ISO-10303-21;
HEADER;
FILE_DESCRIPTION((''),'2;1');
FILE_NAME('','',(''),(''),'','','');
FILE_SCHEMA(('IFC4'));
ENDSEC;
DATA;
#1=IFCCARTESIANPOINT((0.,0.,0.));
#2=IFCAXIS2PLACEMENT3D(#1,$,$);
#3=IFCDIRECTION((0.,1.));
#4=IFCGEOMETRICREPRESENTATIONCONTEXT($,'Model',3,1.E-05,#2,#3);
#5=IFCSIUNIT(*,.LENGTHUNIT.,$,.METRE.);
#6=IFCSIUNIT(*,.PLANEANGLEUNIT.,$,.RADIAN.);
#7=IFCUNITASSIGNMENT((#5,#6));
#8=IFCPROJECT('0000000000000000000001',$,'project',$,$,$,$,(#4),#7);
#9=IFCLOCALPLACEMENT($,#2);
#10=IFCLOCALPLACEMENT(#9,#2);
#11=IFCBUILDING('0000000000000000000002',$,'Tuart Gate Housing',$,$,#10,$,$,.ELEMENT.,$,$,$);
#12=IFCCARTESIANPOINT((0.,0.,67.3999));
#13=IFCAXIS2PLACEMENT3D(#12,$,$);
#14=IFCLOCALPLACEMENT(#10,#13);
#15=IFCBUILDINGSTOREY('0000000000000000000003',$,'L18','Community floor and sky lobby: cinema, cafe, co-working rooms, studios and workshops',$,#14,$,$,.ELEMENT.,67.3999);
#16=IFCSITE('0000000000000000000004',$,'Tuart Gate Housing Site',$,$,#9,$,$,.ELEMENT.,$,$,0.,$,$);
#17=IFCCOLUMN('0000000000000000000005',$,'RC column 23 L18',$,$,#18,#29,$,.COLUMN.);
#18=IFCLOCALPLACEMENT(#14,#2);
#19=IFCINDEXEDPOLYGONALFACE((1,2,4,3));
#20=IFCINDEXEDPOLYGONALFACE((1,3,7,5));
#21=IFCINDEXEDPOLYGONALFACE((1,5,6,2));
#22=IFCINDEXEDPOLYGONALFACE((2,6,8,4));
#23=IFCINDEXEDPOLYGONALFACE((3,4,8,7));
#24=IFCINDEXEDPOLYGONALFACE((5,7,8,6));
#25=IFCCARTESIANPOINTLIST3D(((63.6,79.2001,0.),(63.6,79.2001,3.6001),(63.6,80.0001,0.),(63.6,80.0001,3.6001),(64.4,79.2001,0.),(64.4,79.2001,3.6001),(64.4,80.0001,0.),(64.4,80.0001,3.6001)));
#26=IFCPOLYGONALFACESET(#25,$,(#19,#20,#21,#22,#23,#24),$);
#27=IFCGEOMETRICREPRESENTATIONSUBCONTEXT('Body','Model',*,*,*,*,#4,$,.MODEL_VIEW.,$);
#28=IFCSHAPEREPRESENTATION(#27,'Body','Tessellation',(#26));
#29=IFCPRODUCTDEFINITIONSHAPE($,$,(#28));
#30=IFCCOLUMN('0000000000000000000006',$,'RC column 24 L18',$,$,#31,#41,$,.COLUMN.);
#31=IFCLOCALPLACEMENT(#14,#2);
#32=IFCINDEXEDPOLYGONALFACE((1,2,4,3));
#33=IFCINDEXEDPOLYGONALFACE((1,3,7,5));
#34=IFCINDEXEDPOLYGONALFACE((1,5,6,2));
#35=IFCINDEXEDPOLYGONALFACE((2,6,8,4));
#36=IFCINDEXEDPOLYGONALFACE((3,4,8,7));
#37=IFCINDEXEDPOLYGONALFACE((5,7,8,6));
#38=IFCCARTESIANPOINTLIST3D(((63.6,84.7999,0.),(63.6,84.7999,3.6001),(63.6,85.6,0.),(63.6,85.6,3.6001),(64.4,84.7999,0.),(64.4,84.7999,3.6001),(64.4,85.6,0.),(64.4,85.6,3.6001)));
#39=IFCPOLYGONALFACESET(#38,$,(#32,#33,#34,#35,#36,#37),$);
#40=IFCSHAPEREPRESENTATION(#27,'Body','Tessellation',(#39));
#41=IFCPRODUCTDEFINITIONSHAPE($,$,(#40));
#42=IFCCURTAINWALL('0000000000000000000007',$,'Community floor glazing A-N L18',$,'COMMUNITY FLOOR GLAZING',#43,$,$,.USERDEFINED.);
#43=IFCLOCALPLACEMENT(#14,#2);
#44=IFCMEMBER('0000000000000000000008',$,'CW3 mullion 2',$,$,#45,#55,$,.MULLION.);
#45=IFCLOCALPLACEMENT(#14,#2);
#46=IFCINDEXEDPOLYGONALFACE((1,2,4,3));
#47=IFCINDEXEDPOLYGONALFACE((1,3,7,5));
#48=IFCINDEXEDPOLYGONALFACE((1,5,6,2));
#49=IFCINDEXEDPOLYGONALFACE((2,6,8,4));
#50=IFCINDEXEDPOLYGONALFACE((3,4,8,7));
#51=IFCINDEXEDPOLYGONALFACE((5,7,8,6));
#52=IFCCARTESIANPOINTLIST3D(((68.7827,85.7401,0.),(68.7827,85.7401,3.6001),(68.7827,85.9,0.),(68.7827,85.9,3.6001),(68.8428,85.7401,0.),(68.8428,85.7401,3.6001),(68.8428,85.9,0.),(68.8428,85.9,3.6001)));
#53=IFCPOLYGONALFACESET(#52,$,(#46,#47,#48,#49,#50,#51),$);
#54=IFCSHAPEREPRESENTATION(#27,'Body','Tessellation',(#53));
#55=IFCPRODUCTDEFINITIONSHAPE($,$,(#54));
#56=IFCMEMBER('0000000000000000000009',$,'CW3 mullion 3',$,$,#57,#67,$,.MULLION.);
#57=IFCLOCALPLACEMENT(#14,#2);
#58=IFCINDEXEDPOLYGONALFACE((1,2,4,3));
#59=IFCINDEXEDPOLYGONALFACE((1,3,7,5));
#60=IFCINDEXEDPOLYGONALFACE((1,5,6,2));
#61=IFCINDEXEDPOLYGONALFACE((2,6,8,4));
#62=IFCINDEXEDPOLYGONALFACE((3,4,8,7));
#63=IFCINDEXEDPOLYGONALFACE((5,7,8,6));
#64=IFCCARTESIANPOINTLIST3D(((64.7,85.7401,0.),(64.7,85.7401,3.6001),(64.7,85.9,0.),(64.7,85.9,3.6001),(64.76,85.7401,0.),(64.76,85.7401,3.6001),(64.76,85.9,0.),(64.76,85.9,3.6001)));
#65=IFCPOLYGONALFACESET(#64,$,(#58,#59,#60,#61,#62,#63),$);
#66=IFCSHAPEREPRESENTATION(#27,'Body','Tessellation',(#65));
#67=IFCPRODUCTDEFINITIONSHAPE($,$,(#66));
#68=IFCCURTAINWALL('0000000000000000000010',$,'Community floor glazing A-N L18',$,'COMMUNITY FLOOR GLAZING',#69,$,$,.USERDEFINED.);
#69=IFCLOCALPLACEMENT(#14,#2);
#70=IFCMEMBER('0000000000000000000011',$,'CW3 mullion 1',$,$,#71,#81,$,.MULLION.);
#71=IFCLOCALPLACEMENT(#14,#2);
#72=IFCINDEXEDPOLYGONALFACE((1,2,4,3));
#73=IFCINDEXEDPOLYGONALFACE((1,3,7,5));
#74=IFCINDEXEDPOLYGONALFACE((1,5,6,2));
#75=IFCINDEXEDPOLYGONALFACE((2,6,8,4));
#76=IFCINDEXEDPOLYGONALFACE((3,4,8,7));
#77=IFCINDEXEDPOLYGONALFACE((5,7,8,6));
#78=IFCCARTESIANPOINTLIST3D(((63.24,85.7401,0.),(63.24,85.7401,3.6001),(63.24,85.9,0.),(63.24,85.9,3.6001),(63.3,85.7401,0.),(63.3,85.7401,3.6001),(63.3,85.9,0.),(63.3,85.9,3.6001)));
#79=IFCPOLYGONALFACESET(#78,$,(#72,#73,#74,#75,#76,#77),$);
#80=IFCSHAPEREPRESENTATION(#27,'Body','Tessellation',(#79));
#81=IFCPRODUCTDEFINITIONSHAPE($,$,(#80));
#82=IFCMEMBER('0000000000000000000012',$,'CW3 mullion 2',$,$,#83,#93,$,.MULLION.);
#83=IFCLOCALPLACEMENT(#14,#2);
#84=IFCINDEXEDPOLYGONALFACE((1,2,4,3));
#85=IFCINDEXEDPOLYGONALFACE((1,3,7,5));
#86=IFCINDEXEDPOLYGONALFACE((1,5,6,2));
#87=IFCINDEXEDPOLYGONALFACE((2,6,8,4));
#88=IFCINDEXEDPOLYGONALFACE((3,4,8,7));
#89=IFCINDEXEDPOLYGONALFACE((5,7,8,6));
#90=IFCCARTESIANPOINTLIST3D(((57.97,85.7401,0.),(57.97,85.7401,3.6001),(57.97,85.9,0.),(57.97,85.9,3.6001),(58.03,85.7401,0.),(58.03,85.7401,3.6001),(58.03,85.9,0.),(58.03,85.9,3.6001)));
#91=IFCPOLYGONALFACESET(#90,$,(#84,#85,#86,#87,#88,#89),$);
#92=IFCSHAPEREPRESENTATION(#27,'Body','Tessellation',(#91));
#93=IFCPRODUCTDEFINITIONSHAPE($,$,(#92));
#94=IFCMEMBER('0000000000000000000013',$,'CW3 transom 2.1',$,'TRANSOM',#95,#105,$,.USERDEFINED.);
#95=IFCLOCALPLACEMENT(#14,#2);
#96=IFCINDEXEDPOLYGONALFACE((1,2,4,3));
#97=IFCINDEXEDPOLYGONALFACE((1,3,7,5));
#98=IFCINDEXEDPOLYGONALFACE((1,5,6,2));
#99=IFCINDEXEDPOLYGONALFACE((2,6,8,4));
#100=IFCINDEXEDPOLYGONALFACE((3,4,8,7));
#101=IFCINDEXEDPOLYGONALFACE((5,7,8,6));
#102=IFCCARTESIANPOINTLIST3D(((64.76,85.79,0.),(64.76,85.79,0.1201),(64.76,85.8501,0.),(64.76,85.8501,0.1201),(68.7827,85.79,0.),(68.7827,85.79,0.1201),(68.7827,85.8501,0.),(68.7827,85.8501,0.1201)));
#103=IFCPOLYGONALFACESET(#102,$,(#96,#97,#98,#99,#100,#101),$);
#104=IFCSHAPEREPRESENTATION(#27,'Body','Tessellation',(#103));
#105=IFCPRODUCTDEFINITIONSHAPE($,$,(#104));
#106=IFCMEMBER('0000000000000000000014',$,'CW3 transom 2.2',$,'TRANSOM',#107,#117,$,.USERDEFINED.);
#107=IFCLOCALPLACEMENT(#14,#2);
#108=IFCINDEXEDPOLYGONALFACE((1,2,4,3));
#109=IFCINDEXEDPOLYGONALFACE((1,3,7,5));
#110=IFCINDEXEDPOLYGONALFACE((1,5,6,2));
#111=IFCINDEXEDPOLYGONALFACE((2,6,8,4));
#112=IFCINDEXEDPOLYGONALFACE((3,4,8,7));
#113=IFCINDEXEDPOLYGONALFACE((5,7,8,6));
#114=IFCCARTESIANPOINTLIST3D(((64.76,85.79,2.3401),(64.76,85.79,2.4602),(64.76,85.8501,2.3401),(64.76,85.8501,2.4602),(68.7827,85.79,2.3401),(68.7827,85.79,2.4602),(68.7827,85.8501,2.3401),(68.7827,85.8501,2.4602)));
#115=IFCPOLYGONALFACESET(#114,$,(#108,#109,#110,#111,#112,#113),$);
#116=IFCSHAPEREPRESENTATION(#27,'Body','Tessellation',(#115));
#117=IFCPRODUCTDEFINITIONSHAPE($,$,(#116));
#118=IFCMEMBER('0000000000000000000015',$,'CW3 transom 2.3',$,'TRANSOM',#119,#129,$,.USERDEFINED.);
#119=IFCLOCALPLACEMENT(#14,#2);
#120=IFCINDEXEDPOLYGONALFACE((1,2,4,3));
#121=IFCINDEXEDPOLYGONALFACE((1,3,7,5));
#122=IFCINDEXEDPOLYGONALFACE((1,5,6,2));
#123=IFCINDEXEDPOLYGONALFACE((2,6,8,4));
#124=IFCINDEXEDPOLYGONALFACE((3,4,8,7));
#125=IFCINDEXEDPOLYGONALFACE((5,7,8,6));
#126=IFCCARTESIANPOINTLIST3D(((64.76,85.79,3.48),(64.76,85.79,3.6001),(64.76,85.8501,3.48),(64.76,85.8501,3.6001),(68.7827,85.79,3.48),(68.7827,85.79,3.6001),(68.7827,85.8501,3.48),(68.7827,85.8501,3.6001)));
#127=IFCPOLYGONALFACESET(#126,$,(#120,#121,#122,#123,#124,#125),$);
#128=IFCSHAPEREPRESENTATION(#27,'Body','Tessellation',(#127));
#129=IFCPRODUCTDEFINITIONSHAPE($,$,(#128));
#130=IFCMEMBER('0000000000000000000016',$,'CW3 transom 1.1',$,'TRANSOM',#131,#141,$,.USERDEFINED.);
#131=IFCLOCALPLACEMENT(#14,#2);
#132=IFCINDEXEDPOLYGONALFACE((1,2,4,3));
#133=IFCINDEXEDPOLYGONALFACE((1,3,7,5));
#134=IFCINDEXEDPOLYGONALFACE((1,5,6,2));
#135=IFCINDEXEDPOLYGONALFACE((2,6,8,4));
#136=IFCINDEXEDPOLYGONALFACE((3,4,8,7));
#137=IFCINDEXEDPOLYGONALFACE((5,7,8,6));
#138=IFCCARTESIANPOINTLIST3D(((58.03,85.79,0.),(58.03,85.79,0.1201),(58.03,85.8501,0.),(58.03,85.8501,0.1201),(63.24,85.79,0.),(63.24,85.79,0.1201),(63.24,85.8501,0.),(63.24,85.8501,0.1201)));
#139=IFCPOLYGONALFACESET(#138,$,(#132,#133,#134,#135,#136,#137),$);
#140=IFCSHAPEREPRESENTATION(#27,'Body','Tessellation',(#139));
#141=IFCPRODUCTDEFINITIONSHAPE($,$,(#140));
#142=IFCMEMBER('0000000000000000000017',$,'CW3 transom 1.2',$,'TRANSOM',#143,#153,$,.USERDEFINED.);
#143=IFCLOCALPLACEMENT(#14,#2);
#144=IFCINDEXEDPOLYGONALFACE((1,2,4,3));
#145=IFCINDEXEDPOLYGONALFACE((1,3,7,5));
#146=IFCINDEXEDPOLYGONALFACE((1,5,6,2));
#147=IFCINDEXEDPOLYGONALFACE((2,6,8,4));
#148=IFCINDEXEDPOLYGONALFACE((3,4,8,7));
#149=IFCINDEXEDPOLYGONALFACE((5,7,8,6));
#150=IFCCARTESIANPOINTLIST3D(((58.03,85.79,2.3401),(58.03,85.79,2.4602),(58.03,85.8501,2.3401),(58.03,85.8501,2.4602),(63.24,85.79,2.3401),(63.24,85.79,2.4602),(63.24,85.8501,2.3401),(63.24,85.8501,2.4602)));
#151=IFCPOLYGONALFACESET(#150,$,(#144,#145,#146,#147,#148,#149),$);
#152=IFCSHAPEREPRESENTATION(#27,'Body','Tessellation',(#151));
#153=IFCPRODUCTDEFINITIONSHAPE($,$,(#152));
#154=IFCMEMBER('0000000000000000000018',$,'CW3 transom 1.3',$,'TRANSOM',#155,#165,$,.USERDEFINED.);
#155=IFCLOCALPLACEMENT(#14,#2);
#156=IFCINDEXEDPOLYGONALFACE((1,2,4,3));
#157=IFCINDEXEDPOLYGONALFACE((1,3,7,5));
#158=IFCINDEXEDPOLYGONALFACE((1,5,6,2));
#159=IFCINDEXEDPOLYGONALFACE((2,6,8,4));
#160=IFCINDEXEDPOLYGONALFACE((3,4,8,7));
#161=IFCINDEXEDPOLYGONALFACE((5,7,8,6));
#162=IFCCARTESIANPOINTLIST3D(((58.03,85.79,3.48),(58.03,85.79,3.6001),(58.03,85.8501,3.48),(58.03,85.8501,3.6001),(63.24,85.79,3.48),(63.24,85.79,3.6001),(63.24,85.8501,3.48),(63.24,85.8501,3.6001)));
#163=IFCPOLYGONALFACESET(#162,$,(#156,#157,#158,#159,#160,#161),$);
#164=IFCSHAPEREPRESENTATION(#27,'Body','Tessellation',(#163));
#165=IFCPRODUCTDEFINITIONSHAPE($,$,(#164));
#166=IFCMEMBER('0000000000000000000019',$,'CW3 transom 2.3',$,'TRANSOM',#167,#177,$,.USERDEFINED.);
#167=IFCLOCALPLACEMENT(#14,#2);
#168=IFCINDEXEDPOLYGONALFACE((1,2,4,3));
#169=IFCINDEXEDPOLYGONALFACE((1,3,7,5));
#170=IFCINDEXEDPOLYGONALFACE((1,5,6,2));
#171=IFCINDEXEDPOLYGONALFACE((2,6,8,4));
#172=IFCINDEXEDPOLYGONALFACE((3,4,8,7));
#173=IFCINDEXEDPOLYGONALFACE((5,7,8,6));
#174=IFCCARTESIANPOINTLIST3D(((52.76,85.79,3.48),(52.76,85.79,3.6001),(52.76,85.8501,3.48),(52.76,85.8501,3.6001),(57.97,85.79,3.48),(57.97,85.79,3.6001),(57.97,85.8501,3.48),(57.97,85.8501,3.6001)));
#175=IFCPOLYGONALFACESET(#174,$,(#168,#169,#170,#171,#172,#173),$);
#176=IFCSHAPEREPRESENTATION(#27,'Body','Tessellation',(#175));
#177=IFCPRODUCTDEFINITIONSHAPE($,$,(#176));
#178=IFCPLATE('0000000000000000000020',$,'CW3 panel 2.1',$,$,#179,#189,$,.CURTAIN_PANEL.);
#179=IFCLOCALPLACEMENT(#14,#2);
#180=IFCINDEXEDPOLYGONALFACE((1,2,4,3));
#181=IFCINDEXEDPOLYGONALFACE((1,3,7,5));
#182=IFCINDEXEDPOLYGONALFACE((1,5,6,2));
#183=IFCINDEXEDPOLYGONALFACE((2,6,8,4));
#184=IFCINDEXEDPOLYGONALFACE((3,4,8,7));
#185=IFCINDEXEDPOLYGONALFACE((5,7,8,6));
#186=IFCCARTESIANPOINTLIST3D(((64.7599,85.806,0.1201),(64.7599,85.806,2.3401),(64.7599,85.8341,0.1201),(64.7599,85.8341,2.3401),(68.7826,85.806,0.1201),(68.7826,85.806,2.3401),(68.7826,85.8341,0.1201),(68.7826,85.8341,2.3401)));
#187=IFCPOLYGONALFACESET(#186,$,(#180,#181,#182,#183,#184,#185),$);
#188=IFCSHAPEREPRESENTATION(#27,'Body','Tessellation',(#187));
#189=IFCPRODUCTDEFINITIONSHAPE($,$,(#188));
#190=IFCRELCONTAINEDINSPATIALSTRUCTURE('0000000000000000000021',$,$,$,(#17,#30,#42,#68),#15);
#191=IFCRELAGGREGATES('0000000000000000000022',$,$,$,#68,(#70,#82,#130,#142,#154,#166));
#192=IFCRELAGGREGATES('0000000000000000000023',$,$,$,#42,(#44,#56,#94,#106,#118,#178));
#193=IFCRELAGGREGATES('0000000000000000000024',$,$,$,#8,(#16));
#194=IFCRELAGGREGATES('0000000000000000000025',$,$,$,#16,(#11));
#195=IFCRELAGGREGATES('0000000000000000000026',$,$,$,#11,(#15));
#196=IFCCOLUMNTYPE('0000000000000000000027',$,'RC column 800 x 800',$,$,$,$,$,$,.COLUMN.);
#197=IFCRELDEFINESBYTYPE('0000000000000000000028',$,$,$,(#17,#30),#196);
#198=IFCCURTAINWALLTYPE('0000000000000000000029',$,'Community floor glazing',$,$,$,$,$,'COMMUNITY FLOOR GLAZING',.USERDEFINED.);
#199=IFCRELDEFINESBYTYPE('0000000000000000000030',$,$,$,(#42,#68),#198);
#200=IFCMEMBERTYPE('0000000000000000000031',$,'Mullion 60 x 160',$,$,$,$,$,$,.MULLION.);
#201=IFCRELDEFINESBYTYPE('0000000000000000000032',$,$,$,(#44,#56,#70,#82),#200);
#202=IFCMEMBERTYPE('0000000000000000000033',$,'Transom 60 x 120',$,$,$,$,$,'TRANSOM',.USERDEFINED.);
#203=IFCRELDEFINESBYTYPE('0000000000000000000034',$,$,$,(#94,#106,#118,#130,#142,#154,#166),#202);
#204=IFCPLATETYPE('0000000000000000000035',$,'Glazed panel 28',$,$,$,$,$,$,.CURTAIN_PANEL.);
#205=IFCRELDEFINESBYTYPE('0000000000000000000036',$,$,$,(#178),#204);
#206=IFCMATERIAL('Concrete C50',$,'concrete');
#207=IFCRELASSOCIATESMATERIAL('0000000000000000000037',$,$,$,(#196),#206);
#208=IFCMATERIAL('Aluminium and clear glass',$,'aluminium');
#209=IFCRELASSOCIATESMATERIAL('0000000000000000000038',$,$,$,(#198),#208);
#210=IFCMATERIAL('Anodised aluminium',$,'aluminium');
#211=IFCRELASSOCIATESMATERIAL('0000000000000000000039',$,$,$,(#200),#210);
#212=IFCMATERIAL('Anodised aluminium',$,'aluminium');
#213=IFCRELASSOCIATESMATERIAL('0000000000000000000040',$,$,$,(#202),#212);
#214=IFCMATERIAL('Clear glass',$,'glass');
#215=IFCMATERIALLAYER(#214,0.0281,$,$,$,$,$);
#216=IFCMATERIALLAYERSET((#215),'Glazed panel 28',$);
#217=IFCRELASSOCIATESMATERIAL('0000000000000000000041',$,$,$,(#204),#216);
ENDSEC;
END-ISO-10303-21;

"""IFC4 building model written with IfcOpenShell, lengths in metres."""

from ifc_helpers import new_model, si_unit, direction, frame, origin, origin_2d, place, context, subcontext, project, spatial, rectangle, extrude, material, layer, layer_set, material_profile, profile_set, type_object, element, aggregate, save


model = new_model("IFC4")

# Units and contexts
model_context = context("Model", 3, precision=1e-05, world=origin(), true_north=direction((0.0, 1.0)))
body_context = subcontext(model_context, "Body", "Model", "MODEL_VIEW")
ifc_project = project(units=[si_unit("LENGTHUNIT", "METRE"), si_unit("PLANEANGLEUNIT", "RADIAN")], contexts=[model_context])

# Site, building, storey
site_placement = place(None, origin())
site = spatial("IfcSite", under=ifc_project, at=site_placement, Name="Tuart Gate Housing Site", CompositionType="ELEMENT", RefElevation=0.0)
building_placement = place(site_placement, origin())
building = spatial("IfcBuilding", under=site, at=building_placement, Name="Tuart Gate Housing", CompositionType="ELEMENT")
storey_placement = place(building_placement, frame((0.0, 0.0, 67.3999)))
storey = spatial("IfcBuildingStorey", under=building, at=storey_placement, Name="L18", Description="Community floor and sky lobby: cinema, cafe, co-working rooms, studios and workshops", CompositionType="ELEMENT", Elevation=67.3999)

# Columns
ifc_material_1 = material(Name="Concrete C50", Category="concrete")
ifc_material_profile_1 = material_profile(ifc_material_1, rectangle(XDim=0.8, YDim=0.8, at=origin_2d()), Name="RC column 800 x 800")
ifc_profile_set_1 = profile_set([ifc_material_profile_1], Name="Concrete C50")
column_type = type_object("IfcColumnType", Name="RC column 800 x 800", PredefinedType="COLUMN", material=ifc_profile_set_1)
for number, where, z_axis, x_axis, name in (
    (1, (64.0, 79.6001, 0.0), (0.0, 0.0, 1.0), (1.0, 0.0, 0.0), "RC column 23 L18"),
    (2, (64.0, 85.2, 0.0), (0.0, 0.0, 1.0), (1.0, 0.0, 0.0), "RC column 24 L18"),
):
    element("IfcColumn", number, at=place(storey_placement, frame(where, z_axis=z_axis, x_axis=x_axis)), inside=storey, type_object=column_type, Name=name, PredefinedType="COLUMN", context=body_context, shape_type="SweptSolid", body=[
        extrude(rectangle(XDim=0.8, YDim=0.8, at=origin_2d()), origin(), (0.0, 0.0, 1.0), 3.6001),
    ])

# Curtain walls, members
ifc_material_2 = material(Name="Aluminium and clear glass", Category="aluminium")
curtain_wall_type = type_object("IfcCurtainWallType", Name="Community floor glazing", ElementType="COMMUNITY FLOOR GLAZING", PredefinedType="USERDEFINED", material=ifc_material_2)
curtain_wall_1_placement = place(storey_placement, origin())
curtain_wall_1 = element("IfcCurtainWall", 3, at=curtain_wall_1_placement, inside=storey, type_object=curtain_wall_type, Name="Community floor glazing A-N L18", ObjectType="COMMUNITY FLOOR GLAZING", PredefinedType="USERDEFINED")
ifc_material_3 = material(Name="Anodised aluminium", Category="aluminium")
ifc_material_profile_2 = material_profile(ifc_material_3, rectangle(XDim=0.0601, YDim=0.1599, at=origin_2d()), Name="60x160")
ifc_profile_set_2 = profile_set([ifc_material_profile_2], Name="Anodised aluminium")
member_type_1 = type_object("IfcMemberType", Name="Mullion 60 x 160", PredefinedType="MULLION", material=ifc_profile_set_2)
member_1_placement = place(storey_placement, frame((68.8127, 85.8201, 0.0), z_axis=(0.0, 0.0, 1.0), x_axis=(-1.0, 0.0, 0.0)))
member_1 = element("IfcMember", 4, at=member_1_placement, type_object=member_type_1, Name="CW3 mullion 2", PredefinedType="MULLION", context=body_context, shape_type="SweptSolid", body=[
    extrude(rectangle(XDim=0.0601, YDim=0.1599, at=origin_2d()), origin(), (0.0, 0.0, 1.0), 3.6001),
])
member_2_placement = place(storey_placement, frame((64.73, 85.8201, 0.0), z_axis=(0.0, 0.0, 1.0), x_axis=(-1.0, 0.0, 0.0)))
member_2 = element("IfcMember", 5, at=member_2_placement, type_object=member_type_1, Name="CW3 mullion 3", PredefinedType="MULLION", context=body_context, shape_type="SweptSolid", body=[
    extrude(rectangle(XDim=0.0601, YDim=0.1599, at=origin_2d()), origin(), (0.0, 0.0, 1.0), 3.6001),
])
curtain_wall_2_placement = place(storey_placement, origin())
curtain_wall_2 = element("IfcCurtainWall", 6, at=curtain_wall_2_placement, inside=storey, type_object=curtain_wall_type, Name="Community floor glazing A-N L18", ObjectType="COMMUNITY FLOOR GLAZING", PredefinedType="USERDEFINED")
member_3_placement = place(storey_placement, frame((63.27, 85.8201, 0.0), z_axis=(0.0, 0.0, 1.0), x_axis=(-1.0, 0.0, 0.0)))
member_3 = element("IfcMember", 7, at=member_3_placement, type_object=member_type_1, Name="CW3 mullion 1", PredefinedType="MULLION", context=body_context, shape_type="SweptSolid", body=[
    extrude(rectangle(XDim=0.0601, YDim=0.1599, at=origin_2d()), origin(), (0.0, 0.0, 1.0), 3.6001),
])
member_4_placement = place(storey_placement, frame((58.0, 85.8201, 0.0), z_axis=(0.0, 0.0, 1.0), x_axis=(-1.0, 0.0, 0.0)))
member_4 = element("IfcMember", 8, at=member_4_placement, type_object=member_type_1, Name="CW3 mullion 2", PredefinedType="MULLION", context=body_context, shape_type="SweptSolid", body=[
    extrude(rectangle(XDim=0.0601, YDim=0.1599, at=origin_2d()), origin(), (0.0, 0.0, 1.0), 3.6001),
])

# Members
ifc_material_4 = material(Name="Anodised aluminium", Category="aluminium")
ifc_material_profile_3 = material_profile(ifc_material_4, rectangle(XDim=0.0601, YDim=0.1201, at=origin_2d()), Name="60x120")
ifc_profile_set_3 = profile_set([ifc_material_profile_3], Name="Anodised aluminium")
member_type_2 = type_object("IfcMemberType", Name="Transom 60 x 120", ElementType="TRANSOM", PredefinedType="USERDEFINED", material=ifc_profile_set_3)
member_5_placement = place(storey_placement, frame((68.7827, 85.8201, 0.0601), z_axis=(-1.0, 0.0, 0.0), x_axis=(0.0, -1.0, 0.0)))
member_5 = element("IfcMember", 9, at=member_5_placement, type_object=member_type_2, Name="CW3 transom 2.1", ObjectType="TRANSOM", PredefinedType="USERDEFINED", context=body_context, shape_type="SweptSolid", body=[
    extrude(rectangle(XDim=0.0601, YDim=0.1201, at=origin_2d()), origin(), (0.0, 0.0, 1.0), 4.0227),
])
member_6_placement = place(storey_placement, frame((68.7827, 85.8201, 2.4001), z_axis=(-1.0, 0.0, 0.0), x_axis=(0.0, -1.0, 0.0)))
member_6 = element("IfcMember", 10, at=member_6_placement, type_object=member_type_2, Name="CW3 transom 2.2", ObjectType="TRANSOM", PredefinedType="USERDEFINED", context=body_context, shape_type="SweptSolid", body=[
    extrude(rectangle(XDim=0.0601, YDim=0.1201, at=origin_2d()), origin(), (0.0, 0.0, 1.0), 4.0227),
])
member_7_placement = place(storey_placement, frame((68.7827, 85.8201, 3.54), z_axis=(-1.0, 0.0, 0.0), x_axis=(0.0, -1.0, 0.0)))
member_7 = element("IfcMember", 11, at=member_7_placement, type_object=member_type_2, Name="CW3 transom 2.3", ObjectType="TRANSOM", PredefinedType="USERDEFINED", context=body_context, shape_type="SweptSolid", body=[
    extrude(rectangle(XDim=0.0601, YDim=0.1201, at=origin_2d()), origin(), (0.0, 0.0, 1.0), 4.0227),
])
member_8_placement = place(storey_placement, frame((63.24, 85.8201, 0.0601), z_axis=(-1.0, 0.0, 0.0), x_axis=(0.0, -1.0, 0.0)))
member_8 = element("IfcMember", 12, at=member_8_placement, type_object=member_type_2, Name="CW3 transom 1.1", ObjectType="TRANSOM", PredefinedType="USERDEFINED", context=body_context, shape_type="SweptSolid", body=[
    extrude(rectangle(XDim=0.0601, YDim=0.1201, at=origin_2d()), origin(), (0.0, 0.0, 1.0), 5.21),
])
member_9_placement = place(storey_placement, frame((63.24, 85.8201, 2.4001), z_axis=(-1.0, 0.0, 0.0), x_axis=(0.0, -1.0, 0.0)))
member_9 = element("IfcMember", 13, at=member_9_placement, type_object=member_type_2, Name="CW3 transom 1.2", ObjectType="TRANSOM", PredefinedType="USERDEFINED", context=body_context, shape_type="SweptSolid", body=[
    extrude(rectangle(XDim=0.0601, YDim=0.1201, at=origin_2d()), origin(), (0.0, 0.0, 1.0), 5.21),
])
member_10_placement = place(storey_placement, frame((63.24, 85.8201, 3.54), z_axis=(-1.0, 0.0, 0.0), x_axis=(0.0, -1.0, 0.0)))
member_10 = element("IfcMember", 14, at=member_10_placement, type_object=member_type_2, Name="CW3 transom 1.3", ObjectType="TRANSOM", PredefinedType="USERDEFINED", context=body_context, shape_type="SweptSolid", body=[
    extrude(rectangle(XDim=0.0601, YDim=0.1201, at=origin_2d()), origin(), (0.0, 0.0, 1.0), 5.21),
])
member_11_placement = place(storey_placement, frame((57.97, 85.8201, 3.54), z_axis=(-1.0, 0.0, 0.0), x_axis=(0.0, -1.0, 0.0)))
member_11 = element("IfcMember", 15, at=member_11_placement, type_object=member_type_2, Name="CW3 transom 2.3", ObjectType="TRANSOM", PredefinedType="USERDEFINED", context=body_context, shape_type="SweptSolid", body=[
    extrude(rectangle(XDim=0.0601, YDim=0.1201, at=origin_2d()), origin(), (0.0, 0.0, 1.0), 5.21),
])

# Plate
ifc_material_5 = material(Name="Clear glass", Category="glass")
ifc_layer_1 = layer(ifc_material_5, 0.0281)
ifc_layer_set_1 = layer_set([ifc_layer_1], Name="Glazed panel 28")
plate_type_1 = type_object("IfcPlateType", Name="Glazed panel 28", PredefinedType="CURTAIN_PANEL", material=ifc_layer_set_1)
plate_1_placement = place(storey_placement, frame((66.7712, 85.8201, 0.1201), z_axis=(0.0, 0.0, 1.0), x_axis=(-1.0, 0.0, 0.0)))
plate_1 = element("IfcPlate", 16, at=plate_1_placement, type_object=plate_type_1, Name="CW3 panel 2.1", PredefinedType="CURTAIN_PANEL", context=body_context, shape_type="SweptSolid", body=[
    extrude(rectangle(XDim=4.0227, YDim=0.0281, at=origin_2d()), origin(), (0.0, 0.0, 1.0), 2.22),
])
aggregate(curtain_wall_2, [member_3, member_4, member_8, member_9, member_10, member_11])
aggregate(curtain_wall_1, [member_1, member_2, member_5, member_6, member_7, plate_1])

save(model, "model.ifc")
